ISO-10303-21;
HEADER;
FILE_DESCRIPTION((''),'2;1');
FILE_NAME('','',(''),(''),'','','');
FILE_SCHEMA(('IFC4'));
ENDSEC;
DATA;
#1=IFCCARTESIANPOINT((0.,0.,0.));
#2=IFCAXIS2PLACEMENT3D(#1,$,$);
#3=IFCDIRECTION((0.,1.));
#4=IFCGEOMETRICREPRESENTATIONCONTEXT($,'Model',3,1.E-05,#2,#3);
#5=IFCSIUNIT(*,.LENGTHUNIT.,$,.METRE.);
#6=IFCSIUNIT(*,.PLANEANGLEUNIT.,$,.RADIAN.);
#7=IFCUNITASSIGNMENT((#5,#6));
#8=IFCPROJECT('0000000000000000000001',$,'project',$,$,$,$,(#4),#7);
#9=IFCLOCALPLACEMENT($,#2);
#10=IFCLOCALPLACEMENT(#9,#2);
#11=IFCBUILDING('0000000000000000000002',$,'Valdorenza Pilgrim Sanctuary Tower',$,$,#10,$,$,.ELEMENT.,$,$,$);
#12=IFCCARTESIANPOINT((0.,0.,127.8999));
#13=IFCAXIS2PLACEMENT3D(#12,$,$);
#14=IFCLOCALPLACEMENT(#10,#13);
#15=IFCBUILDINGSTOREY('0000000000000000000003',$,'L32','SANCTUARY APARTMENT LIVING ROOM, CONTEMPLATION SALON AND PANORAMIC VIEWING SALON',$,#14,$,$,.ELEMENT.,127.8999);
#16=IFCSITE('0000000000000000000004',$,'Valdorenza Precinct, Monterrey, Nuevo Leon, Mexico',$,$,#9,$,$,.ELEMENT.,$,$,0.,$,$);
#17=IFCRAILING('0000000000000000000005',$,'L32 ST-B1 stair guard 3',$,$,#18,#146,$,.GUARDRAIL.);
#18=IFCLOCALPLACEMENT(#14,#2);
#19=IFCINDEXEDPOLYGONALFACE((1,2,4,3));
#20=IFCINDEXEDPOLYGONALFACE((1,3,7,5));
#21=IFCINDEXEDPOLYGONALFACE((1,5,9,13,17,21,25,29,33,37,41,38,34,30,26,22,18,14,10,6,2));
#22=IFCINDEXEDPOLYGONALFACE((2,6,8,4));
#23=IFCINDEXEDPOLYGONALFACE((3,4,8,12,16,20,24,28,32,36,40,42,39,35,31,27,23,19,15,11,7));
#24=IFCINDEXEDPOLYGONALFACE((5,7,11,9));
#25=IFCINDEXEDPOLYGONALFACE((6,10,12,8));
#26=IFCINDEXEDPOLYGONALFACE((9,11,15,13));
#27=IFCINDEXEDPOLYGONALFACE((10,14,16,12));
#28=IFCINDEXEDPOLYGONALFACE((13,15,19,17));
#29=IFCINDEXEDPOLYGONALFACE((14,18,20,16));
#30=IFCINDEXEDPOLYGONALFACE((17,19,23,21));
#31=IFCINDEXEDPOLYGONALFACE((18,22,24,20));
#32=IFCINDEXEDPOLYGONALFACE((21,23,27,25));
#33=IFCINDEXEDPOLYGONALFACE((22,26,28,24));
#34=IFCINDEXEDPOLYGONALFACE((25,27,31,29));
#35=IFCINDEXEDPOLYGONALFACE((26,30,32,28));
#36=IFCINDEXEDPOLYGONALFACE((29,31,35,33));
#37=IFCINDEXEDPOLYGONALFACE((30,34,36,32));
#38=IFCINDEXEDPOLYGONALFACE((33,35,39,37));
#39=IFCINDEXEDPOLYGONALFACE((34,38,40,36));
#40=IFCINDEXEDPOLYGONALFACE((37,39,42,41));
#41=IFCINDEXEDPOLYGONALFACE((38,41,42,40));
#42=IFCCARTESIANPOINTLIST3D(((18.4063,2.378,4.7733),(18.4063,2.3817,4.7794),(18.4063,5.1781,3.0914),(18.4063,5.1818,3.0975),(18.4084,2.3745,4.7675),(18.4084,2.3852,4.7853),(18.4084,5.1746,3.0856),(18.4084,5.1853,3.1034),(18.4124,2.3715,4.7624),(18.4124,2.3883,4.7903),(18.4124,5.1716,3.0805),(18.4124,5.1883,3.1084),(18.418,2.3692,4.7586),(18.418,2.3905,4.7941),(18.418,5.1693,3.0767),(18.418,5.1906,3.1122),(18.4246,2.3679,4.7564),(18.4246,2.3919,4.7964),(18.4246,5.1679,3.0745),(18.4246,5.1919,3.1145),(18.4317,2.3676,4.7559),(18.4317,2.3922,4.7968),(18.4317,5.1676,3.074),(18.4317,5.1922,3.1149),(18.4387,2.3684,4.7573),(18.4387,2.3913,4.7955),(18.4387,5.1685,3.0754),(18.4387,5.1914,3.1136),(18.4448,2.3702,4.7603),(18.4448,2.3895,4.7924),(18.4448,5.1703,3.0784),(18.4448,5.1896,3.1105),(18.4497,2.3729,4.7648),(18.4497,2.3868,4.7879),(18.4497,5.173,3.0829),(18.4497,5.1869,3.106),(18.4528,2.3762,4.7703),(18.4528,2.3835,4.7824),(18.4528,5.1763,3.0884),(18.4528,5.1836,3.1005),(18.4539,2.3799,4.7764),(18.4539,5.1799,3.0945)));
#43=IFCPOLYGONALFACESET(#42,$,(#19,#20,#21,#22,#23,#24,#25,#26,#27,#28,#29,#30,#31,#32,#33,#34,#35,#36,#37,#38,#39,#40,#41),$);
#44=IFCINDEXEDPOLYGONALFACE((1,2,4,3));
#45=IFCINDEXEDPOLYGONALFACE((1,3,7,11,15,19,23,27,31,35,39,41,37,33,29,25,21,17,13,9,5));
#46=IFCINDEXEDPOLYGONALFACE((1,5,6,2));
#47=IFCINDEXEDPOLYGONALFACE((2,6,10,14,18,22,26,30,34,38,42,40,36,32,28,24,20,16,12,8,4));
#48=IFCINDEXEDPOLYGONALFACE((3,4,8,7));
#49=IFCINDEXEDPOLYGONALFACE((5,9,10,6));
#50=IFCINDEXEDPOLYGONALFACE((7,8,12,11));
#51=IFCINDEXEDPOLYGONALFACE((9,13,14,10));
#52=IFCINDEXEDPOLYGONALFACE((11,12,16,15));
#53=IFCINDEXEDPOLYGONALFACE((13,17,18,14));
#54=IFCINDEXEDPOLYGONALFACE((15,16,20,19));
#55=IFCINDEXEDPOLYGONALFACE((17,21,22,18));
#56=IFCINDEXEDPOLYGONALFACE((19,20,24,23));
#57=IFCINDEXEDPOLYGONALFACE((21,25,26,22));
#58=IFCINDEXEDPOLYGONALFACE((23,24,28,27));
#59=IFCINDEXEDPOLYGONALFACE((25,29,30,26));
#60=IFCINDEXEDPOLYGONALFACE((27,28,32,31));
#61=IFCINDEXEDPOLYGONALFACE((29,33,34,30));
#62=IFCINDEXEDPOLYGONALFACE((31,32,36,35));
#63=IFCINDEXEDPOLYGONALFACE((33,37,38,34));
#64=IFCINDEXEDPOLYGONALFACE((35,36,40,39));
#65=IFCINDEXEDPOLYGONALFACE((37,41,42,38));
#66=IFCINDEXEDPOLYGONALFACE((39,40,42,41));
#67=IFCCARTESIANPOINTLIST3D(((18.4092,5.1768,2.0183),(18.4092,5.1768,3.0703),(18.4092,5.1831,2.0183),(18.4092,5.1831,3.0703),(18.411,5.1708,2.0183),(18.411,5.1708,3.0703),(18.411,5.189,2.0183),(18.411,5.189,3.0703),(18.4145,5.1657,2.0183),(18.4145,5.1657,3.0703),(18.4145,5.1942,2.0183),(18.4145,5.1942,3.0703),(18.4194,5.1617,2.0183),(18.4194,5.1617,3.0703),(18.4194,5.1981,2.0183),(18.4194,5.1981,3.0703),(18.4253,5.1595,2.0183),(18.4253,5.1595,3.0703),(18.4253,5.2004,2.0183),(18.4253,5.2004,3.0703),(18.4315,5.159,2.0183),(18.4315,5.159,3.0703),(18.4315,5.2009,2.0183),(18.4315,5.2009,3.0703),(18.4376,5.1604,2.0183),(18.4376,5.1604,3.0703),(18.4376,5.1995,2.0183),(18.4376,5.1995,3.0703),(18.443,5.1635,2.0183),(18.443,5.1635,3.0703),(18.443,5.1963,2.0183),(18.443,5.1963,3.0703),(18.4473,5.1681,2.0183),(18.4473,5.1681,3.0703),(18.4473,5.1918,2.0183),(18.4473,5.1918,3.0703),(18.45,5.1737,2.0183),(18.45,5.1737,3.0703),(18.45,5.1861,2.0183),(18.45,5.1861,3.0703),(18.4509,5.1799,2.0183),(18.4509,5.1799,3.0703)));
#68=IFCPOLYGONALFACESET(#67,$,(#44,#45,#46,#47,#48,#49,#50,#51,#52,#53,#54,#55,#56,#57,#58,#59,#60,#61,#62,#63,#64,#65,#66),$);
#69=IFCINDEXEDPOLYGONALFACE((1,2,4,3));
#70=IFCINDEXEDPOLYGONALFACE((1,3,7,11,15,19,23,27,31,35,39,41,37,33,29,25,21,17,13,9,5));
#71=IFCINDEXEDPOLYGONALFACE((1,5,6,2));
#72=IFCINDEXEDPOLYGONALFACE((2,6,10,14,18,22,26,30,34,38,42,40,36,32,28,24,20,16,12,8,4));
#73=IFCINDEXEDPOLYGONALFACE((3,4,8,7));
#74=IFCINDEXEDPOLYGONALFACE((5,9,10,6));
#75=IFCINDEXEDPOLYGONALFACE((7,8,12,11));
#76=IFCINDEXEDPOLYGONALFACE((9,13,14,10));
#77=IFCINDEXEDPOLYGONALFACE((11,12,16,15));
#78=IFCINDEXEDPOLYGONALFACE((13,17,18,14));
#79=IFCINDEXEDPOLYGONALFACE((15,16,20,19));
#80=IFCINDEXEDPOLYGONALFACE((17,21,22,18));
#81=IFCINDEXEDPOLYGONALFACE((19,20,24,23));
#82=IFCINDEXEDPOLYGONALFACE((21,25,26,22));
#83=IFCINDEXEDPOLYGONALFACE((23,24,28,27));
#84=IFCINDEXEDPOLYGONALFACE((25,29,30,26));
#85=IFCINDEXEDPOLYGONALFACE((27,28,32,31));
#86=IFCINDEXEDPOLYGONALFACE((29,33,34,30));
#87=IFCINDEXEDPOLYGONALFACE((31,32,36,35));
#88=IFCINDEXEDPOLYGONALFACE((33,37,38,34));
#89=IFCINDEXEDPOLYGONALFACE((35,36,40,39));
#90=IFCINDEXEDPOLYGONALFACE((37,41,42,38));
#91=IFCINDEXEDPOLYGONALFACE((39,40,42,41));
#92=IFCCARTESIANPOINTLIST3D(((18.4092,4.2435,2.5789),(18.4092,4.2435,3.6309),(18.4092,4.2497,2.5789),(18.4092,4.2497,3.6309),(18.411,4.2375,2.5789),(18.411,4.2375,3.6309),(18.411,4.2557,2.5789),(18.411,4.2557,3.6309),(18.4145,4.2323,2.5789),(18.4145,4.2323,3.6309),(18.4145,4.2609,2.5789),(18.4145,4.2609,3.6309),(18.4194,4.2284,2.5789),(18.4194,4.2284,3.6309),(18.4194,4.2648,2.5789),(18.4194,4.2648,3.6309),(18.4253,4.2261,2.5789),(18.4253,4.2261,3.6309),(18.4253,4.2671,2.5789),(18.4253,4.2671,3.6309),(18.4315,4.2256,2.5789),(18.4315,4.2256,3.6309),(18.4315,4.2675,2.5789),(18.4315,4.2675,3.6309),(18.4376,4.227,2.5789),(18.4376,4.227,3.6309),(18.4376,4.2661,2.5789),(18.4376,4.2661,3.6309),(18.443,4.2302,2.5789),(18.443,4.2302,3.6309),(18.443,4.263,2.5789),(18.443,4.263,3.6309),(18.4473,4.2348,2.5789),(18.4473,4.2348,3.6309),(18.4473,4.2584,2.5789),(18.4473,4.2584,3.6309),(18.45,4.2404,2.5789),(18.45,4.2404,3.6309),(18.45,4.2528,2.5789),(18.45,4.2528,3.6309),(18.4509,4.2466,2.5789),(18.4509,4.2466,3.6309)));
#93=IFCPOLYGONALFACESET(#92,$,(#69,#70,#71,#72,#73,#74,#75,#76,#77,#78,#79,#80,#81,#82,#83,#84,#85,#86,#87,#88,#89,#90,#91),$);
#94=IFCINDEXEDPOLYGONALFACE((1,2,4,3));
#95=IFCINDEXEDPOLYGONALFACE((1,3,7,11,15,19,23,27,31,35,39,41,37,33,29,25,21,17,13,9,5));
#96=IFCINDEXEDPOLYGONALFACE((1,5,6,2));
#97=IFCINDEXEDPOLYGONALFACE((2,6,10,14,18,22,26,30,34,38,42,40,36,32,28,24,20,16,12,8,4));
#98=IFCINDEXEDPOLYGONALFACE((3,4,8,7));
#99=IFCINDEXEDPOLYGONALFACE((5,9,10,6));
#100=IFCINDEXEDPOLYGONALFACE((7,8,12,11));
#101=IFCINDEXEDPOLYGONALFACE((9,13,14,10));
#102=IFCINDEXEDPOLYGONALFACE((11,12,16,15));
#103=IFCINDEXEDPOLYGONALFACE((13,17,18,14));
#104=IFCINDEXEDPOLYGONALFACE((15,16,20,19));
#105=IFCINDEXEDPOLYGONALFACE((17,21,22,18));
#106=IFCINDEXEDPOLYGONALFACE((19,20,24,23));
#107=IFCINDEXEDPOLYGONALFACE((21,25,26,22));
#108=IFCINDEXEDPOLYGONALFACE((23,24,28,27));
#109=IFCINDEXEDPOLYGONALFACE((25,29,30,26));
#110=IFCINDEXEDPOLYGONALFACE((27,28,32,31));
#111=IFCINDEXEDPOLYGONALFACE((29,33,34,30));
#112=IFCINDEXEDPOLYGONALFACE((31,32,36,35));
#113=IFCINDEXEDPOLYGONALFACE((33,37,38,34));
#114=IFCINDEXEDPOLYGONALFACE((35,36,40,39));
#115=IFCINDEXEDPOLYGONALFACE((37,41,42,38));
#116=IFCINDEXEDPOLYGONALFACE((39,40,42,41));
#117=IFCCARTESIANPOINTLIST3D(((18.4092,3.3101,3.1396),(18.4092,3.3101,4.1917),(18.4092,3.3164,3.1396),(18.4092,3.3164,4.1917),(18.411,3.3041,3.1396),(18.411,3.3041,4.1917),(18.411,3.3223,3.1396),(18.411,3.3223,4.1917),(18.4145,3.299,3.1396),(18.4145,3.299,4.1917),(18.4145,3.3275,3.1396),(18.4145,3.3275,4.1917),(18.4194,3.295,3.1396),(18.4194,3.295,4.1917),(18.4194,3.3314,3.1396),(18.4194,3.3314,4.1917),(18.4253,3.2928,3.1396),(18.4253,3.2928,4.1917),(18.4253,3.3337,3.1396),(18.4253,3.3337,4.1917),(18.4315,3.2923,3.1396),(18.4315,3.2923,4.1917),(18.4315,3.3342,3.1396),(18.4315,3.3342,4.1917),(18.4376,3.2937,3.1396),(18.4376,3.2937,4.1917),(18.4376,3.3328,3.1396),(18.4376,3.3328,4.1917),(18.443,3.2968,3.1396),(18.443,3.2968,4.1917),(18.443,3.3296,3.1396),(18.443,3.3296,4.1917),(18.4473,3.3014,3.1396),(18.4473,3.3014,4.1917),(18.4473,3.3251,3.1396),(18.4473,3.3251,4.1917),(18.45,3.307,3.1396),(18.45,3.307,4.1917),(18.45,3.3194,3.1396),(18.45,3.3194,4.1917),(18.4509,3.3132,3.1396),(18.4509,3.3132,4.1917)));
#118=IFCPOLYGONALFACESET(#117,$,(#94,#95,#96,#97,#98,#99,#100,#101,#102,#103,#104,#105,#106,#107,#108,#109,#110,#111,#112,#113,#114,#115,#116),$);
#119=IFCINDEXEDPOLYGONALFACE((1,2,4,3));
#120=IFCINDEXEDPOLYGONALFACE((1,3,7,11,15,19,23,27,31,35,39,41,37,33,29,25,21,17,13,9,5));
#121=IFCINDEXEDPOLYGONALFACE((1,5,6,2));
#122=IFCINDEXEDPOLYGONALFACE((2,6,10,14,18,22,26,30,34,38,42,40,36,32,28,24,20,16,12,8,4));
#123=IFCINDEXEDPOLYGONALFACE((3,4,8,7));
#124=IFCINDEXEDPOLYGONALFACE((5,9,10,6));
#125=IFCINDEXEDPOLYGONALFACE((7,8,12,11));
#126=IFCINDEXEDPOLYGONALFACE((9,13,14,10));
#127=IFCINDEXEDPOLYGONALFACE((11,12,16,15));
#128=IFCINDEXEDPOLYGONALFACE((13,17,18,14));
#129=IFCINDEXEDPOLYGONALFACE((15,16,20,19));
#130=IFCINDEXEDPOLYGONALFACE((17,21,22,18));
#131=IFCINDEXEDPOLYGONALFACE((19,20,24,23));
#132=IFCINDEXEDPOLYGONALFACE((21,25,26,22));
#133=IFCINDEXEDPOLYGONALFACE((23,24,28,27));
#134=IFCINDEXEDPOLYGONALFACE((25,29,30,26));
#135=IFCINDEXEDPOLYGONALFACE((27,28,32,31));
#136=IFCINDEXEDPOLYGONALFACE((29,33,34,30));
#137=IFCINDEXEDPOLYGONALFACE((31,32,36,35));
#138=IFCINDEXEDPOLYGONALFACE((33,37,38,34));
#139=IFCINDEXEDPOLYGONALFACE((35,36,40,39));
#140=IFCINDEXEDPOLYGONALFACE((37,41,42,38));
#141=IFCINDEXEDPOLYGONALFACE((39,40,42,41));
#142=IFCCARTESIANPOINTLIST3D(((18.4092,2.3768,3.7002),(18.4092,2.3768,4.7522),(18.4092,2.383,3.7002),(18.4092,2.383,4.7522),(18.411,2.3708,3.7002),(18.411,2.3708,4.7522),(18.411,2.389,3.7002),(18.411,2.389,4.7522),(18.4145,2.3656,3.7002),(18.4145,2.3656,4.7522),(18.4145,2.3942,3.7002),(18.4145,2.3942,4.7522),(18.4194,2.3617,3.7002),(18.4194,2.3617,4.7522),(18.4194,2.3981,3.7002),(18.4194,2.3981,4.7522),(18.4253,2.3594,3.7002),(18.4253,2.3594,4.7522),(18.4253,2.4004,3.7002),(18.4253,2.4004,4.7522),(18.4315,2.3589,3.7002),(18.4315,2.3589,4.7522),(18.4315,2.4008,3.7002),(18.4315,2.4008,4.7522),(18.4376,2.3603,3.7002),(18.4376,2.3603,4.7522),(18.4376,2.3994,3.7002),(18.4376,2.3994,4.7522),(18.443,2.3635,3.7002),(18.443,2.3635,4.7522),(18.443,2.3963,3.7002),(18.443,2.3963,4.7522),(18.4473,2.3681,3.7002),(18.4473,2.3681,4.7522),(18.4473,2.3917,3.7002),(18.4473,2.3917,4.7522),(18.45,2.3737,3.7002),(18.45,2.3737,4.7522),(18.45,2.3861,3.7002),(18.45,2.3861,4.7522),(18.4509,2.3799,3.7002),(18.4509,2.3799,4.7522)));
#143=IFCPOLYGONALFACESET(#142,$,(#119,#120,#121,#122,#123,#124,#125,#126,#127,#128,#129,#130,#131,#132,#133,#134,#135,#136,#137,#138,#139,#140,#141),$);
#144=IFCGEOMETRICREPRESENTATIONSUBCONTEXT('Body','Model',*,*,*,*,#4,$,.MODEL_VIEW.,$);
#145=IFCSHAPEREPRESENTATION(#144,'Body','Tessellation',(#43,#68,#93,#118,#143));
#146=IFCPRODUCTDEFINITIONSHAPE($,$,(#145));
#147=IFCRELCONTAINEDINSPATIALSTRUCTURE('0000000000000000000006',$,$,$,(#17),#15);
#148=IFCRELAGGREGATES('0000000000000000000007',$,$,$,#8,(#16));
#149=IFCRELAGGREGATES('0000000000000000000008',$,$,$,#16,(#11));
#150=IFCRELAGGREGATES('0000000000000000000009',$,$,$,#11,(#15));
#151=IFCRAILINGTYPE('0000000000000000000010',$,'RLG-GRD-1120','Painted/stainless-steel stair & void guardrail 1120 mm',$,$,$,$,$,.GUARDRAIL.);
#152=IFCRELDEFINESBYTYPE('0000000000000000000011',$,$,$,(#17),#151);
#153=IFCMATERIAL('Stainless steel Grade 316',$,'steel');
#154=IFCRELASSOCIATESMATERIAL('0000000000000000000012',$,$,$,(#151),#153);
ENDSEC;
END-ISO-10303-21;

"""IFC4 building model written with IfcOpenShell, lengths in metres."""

from ifc_helpers import new_model, si_unit, direction, frame, origin, origin_2d, place, context, subcontext, project, spatial, circle, extrude, material, type_object, element, save


model = new_model("IFC4")

# Units and contexts
model_context = context("Model", 3, precision=1e-05, world=origin(), true_north=direction((0.0, 1.0)))
body_context = subcontext(model_context, "Body", "Model", "MODEL_VIEW")
ifc_project = project(units=[si_unit("LENGTHUNIT", "METRE"), si_unit("PLANEANGLEUNIT", "RADIAN")], contexts=[model_context])

# Site, building, storey
site_placement = place(None, origin())
site = spatial("IfcSite", under=ifc_project, at=site_placement, Name="Valdorenza Precinct, Monterrey, Nuevo Leon, Mexico", CompositionType="ELEMENT", RefElevation=0.0)
building_placement = place(site_placement, origin())
building = spatial("IfcBuilding", under=site, at=building_placement, Name="Valdorenza Pilgrim Sanctuary Tower", CompositionType="ELEMENT")
storey_placement = place(building_placement, frame((0.0, 0.0, 127.8999)))
storey = spatial("IfcBuildingStorey", under=building, at=storey_placement, Name="L32", Description="SANCTUARY APARTMENT LIVING ROOM, CONTEMPLATION SALON AND PANORAMIC VIEWING SALON", CompositionType="ELEMENT", Elevation=127.8999)

# Railing
ifc_material_1 = material(Name="Stainless steel Grade 316", Category="steel")
railing_type_1 = type_object("IfcRailingType", Name="RLG-GRD-1120", Description="Painted/stainless-steel stair & void guardrail 1120 mm", PredefinedType="GUARDRAIL", material=ifc_material_1)
railing_1_placement = place(storey_placement, frame((18.4299, 5.1799, 2.0183)))
element("IfcRailing", 1, at=railing_1_placement, inside=storey, type_object=railing_type_1, Name="L32 ST-B1 stair guard 3", PredefinedType="GUARDRAIL", context=body_context, shape_type="SweptSolid", body=[
    extrude(circle(Radius=0.0239, at=origin_2d()), frame((0.0, 0.0, 1.0762), z_axis=(0.0, -0.857242, 0.514913), x_axis=(1.0, 0.0, 0.0)), (0.0, 0.0, 1.0), 3.2664),
    extrude(circle(Radius=0.021, at=origin_2d()), origin(), (0.0, 0.0, 1.0), 1.052),
    extrude(circle(Radius=0.021, at=origin_2d()), frame((0.0, -0.9333, 0.5605)), (0.0, 0.0, 1.0), 1.052),
    extrude(circle(Radius=0.021, at=origin_2d()), frame((0.0, -1.8667, 1.1213)), (0.0, 0.0, 1.0), 1.052),
    extrude(circle(Radius=0.021, at=origin_2d()), frame((0.0, -2.8, 1.6819)), (0.0, 0.0, 1.0), 1.052),
])

save(model, "model.ifc")
